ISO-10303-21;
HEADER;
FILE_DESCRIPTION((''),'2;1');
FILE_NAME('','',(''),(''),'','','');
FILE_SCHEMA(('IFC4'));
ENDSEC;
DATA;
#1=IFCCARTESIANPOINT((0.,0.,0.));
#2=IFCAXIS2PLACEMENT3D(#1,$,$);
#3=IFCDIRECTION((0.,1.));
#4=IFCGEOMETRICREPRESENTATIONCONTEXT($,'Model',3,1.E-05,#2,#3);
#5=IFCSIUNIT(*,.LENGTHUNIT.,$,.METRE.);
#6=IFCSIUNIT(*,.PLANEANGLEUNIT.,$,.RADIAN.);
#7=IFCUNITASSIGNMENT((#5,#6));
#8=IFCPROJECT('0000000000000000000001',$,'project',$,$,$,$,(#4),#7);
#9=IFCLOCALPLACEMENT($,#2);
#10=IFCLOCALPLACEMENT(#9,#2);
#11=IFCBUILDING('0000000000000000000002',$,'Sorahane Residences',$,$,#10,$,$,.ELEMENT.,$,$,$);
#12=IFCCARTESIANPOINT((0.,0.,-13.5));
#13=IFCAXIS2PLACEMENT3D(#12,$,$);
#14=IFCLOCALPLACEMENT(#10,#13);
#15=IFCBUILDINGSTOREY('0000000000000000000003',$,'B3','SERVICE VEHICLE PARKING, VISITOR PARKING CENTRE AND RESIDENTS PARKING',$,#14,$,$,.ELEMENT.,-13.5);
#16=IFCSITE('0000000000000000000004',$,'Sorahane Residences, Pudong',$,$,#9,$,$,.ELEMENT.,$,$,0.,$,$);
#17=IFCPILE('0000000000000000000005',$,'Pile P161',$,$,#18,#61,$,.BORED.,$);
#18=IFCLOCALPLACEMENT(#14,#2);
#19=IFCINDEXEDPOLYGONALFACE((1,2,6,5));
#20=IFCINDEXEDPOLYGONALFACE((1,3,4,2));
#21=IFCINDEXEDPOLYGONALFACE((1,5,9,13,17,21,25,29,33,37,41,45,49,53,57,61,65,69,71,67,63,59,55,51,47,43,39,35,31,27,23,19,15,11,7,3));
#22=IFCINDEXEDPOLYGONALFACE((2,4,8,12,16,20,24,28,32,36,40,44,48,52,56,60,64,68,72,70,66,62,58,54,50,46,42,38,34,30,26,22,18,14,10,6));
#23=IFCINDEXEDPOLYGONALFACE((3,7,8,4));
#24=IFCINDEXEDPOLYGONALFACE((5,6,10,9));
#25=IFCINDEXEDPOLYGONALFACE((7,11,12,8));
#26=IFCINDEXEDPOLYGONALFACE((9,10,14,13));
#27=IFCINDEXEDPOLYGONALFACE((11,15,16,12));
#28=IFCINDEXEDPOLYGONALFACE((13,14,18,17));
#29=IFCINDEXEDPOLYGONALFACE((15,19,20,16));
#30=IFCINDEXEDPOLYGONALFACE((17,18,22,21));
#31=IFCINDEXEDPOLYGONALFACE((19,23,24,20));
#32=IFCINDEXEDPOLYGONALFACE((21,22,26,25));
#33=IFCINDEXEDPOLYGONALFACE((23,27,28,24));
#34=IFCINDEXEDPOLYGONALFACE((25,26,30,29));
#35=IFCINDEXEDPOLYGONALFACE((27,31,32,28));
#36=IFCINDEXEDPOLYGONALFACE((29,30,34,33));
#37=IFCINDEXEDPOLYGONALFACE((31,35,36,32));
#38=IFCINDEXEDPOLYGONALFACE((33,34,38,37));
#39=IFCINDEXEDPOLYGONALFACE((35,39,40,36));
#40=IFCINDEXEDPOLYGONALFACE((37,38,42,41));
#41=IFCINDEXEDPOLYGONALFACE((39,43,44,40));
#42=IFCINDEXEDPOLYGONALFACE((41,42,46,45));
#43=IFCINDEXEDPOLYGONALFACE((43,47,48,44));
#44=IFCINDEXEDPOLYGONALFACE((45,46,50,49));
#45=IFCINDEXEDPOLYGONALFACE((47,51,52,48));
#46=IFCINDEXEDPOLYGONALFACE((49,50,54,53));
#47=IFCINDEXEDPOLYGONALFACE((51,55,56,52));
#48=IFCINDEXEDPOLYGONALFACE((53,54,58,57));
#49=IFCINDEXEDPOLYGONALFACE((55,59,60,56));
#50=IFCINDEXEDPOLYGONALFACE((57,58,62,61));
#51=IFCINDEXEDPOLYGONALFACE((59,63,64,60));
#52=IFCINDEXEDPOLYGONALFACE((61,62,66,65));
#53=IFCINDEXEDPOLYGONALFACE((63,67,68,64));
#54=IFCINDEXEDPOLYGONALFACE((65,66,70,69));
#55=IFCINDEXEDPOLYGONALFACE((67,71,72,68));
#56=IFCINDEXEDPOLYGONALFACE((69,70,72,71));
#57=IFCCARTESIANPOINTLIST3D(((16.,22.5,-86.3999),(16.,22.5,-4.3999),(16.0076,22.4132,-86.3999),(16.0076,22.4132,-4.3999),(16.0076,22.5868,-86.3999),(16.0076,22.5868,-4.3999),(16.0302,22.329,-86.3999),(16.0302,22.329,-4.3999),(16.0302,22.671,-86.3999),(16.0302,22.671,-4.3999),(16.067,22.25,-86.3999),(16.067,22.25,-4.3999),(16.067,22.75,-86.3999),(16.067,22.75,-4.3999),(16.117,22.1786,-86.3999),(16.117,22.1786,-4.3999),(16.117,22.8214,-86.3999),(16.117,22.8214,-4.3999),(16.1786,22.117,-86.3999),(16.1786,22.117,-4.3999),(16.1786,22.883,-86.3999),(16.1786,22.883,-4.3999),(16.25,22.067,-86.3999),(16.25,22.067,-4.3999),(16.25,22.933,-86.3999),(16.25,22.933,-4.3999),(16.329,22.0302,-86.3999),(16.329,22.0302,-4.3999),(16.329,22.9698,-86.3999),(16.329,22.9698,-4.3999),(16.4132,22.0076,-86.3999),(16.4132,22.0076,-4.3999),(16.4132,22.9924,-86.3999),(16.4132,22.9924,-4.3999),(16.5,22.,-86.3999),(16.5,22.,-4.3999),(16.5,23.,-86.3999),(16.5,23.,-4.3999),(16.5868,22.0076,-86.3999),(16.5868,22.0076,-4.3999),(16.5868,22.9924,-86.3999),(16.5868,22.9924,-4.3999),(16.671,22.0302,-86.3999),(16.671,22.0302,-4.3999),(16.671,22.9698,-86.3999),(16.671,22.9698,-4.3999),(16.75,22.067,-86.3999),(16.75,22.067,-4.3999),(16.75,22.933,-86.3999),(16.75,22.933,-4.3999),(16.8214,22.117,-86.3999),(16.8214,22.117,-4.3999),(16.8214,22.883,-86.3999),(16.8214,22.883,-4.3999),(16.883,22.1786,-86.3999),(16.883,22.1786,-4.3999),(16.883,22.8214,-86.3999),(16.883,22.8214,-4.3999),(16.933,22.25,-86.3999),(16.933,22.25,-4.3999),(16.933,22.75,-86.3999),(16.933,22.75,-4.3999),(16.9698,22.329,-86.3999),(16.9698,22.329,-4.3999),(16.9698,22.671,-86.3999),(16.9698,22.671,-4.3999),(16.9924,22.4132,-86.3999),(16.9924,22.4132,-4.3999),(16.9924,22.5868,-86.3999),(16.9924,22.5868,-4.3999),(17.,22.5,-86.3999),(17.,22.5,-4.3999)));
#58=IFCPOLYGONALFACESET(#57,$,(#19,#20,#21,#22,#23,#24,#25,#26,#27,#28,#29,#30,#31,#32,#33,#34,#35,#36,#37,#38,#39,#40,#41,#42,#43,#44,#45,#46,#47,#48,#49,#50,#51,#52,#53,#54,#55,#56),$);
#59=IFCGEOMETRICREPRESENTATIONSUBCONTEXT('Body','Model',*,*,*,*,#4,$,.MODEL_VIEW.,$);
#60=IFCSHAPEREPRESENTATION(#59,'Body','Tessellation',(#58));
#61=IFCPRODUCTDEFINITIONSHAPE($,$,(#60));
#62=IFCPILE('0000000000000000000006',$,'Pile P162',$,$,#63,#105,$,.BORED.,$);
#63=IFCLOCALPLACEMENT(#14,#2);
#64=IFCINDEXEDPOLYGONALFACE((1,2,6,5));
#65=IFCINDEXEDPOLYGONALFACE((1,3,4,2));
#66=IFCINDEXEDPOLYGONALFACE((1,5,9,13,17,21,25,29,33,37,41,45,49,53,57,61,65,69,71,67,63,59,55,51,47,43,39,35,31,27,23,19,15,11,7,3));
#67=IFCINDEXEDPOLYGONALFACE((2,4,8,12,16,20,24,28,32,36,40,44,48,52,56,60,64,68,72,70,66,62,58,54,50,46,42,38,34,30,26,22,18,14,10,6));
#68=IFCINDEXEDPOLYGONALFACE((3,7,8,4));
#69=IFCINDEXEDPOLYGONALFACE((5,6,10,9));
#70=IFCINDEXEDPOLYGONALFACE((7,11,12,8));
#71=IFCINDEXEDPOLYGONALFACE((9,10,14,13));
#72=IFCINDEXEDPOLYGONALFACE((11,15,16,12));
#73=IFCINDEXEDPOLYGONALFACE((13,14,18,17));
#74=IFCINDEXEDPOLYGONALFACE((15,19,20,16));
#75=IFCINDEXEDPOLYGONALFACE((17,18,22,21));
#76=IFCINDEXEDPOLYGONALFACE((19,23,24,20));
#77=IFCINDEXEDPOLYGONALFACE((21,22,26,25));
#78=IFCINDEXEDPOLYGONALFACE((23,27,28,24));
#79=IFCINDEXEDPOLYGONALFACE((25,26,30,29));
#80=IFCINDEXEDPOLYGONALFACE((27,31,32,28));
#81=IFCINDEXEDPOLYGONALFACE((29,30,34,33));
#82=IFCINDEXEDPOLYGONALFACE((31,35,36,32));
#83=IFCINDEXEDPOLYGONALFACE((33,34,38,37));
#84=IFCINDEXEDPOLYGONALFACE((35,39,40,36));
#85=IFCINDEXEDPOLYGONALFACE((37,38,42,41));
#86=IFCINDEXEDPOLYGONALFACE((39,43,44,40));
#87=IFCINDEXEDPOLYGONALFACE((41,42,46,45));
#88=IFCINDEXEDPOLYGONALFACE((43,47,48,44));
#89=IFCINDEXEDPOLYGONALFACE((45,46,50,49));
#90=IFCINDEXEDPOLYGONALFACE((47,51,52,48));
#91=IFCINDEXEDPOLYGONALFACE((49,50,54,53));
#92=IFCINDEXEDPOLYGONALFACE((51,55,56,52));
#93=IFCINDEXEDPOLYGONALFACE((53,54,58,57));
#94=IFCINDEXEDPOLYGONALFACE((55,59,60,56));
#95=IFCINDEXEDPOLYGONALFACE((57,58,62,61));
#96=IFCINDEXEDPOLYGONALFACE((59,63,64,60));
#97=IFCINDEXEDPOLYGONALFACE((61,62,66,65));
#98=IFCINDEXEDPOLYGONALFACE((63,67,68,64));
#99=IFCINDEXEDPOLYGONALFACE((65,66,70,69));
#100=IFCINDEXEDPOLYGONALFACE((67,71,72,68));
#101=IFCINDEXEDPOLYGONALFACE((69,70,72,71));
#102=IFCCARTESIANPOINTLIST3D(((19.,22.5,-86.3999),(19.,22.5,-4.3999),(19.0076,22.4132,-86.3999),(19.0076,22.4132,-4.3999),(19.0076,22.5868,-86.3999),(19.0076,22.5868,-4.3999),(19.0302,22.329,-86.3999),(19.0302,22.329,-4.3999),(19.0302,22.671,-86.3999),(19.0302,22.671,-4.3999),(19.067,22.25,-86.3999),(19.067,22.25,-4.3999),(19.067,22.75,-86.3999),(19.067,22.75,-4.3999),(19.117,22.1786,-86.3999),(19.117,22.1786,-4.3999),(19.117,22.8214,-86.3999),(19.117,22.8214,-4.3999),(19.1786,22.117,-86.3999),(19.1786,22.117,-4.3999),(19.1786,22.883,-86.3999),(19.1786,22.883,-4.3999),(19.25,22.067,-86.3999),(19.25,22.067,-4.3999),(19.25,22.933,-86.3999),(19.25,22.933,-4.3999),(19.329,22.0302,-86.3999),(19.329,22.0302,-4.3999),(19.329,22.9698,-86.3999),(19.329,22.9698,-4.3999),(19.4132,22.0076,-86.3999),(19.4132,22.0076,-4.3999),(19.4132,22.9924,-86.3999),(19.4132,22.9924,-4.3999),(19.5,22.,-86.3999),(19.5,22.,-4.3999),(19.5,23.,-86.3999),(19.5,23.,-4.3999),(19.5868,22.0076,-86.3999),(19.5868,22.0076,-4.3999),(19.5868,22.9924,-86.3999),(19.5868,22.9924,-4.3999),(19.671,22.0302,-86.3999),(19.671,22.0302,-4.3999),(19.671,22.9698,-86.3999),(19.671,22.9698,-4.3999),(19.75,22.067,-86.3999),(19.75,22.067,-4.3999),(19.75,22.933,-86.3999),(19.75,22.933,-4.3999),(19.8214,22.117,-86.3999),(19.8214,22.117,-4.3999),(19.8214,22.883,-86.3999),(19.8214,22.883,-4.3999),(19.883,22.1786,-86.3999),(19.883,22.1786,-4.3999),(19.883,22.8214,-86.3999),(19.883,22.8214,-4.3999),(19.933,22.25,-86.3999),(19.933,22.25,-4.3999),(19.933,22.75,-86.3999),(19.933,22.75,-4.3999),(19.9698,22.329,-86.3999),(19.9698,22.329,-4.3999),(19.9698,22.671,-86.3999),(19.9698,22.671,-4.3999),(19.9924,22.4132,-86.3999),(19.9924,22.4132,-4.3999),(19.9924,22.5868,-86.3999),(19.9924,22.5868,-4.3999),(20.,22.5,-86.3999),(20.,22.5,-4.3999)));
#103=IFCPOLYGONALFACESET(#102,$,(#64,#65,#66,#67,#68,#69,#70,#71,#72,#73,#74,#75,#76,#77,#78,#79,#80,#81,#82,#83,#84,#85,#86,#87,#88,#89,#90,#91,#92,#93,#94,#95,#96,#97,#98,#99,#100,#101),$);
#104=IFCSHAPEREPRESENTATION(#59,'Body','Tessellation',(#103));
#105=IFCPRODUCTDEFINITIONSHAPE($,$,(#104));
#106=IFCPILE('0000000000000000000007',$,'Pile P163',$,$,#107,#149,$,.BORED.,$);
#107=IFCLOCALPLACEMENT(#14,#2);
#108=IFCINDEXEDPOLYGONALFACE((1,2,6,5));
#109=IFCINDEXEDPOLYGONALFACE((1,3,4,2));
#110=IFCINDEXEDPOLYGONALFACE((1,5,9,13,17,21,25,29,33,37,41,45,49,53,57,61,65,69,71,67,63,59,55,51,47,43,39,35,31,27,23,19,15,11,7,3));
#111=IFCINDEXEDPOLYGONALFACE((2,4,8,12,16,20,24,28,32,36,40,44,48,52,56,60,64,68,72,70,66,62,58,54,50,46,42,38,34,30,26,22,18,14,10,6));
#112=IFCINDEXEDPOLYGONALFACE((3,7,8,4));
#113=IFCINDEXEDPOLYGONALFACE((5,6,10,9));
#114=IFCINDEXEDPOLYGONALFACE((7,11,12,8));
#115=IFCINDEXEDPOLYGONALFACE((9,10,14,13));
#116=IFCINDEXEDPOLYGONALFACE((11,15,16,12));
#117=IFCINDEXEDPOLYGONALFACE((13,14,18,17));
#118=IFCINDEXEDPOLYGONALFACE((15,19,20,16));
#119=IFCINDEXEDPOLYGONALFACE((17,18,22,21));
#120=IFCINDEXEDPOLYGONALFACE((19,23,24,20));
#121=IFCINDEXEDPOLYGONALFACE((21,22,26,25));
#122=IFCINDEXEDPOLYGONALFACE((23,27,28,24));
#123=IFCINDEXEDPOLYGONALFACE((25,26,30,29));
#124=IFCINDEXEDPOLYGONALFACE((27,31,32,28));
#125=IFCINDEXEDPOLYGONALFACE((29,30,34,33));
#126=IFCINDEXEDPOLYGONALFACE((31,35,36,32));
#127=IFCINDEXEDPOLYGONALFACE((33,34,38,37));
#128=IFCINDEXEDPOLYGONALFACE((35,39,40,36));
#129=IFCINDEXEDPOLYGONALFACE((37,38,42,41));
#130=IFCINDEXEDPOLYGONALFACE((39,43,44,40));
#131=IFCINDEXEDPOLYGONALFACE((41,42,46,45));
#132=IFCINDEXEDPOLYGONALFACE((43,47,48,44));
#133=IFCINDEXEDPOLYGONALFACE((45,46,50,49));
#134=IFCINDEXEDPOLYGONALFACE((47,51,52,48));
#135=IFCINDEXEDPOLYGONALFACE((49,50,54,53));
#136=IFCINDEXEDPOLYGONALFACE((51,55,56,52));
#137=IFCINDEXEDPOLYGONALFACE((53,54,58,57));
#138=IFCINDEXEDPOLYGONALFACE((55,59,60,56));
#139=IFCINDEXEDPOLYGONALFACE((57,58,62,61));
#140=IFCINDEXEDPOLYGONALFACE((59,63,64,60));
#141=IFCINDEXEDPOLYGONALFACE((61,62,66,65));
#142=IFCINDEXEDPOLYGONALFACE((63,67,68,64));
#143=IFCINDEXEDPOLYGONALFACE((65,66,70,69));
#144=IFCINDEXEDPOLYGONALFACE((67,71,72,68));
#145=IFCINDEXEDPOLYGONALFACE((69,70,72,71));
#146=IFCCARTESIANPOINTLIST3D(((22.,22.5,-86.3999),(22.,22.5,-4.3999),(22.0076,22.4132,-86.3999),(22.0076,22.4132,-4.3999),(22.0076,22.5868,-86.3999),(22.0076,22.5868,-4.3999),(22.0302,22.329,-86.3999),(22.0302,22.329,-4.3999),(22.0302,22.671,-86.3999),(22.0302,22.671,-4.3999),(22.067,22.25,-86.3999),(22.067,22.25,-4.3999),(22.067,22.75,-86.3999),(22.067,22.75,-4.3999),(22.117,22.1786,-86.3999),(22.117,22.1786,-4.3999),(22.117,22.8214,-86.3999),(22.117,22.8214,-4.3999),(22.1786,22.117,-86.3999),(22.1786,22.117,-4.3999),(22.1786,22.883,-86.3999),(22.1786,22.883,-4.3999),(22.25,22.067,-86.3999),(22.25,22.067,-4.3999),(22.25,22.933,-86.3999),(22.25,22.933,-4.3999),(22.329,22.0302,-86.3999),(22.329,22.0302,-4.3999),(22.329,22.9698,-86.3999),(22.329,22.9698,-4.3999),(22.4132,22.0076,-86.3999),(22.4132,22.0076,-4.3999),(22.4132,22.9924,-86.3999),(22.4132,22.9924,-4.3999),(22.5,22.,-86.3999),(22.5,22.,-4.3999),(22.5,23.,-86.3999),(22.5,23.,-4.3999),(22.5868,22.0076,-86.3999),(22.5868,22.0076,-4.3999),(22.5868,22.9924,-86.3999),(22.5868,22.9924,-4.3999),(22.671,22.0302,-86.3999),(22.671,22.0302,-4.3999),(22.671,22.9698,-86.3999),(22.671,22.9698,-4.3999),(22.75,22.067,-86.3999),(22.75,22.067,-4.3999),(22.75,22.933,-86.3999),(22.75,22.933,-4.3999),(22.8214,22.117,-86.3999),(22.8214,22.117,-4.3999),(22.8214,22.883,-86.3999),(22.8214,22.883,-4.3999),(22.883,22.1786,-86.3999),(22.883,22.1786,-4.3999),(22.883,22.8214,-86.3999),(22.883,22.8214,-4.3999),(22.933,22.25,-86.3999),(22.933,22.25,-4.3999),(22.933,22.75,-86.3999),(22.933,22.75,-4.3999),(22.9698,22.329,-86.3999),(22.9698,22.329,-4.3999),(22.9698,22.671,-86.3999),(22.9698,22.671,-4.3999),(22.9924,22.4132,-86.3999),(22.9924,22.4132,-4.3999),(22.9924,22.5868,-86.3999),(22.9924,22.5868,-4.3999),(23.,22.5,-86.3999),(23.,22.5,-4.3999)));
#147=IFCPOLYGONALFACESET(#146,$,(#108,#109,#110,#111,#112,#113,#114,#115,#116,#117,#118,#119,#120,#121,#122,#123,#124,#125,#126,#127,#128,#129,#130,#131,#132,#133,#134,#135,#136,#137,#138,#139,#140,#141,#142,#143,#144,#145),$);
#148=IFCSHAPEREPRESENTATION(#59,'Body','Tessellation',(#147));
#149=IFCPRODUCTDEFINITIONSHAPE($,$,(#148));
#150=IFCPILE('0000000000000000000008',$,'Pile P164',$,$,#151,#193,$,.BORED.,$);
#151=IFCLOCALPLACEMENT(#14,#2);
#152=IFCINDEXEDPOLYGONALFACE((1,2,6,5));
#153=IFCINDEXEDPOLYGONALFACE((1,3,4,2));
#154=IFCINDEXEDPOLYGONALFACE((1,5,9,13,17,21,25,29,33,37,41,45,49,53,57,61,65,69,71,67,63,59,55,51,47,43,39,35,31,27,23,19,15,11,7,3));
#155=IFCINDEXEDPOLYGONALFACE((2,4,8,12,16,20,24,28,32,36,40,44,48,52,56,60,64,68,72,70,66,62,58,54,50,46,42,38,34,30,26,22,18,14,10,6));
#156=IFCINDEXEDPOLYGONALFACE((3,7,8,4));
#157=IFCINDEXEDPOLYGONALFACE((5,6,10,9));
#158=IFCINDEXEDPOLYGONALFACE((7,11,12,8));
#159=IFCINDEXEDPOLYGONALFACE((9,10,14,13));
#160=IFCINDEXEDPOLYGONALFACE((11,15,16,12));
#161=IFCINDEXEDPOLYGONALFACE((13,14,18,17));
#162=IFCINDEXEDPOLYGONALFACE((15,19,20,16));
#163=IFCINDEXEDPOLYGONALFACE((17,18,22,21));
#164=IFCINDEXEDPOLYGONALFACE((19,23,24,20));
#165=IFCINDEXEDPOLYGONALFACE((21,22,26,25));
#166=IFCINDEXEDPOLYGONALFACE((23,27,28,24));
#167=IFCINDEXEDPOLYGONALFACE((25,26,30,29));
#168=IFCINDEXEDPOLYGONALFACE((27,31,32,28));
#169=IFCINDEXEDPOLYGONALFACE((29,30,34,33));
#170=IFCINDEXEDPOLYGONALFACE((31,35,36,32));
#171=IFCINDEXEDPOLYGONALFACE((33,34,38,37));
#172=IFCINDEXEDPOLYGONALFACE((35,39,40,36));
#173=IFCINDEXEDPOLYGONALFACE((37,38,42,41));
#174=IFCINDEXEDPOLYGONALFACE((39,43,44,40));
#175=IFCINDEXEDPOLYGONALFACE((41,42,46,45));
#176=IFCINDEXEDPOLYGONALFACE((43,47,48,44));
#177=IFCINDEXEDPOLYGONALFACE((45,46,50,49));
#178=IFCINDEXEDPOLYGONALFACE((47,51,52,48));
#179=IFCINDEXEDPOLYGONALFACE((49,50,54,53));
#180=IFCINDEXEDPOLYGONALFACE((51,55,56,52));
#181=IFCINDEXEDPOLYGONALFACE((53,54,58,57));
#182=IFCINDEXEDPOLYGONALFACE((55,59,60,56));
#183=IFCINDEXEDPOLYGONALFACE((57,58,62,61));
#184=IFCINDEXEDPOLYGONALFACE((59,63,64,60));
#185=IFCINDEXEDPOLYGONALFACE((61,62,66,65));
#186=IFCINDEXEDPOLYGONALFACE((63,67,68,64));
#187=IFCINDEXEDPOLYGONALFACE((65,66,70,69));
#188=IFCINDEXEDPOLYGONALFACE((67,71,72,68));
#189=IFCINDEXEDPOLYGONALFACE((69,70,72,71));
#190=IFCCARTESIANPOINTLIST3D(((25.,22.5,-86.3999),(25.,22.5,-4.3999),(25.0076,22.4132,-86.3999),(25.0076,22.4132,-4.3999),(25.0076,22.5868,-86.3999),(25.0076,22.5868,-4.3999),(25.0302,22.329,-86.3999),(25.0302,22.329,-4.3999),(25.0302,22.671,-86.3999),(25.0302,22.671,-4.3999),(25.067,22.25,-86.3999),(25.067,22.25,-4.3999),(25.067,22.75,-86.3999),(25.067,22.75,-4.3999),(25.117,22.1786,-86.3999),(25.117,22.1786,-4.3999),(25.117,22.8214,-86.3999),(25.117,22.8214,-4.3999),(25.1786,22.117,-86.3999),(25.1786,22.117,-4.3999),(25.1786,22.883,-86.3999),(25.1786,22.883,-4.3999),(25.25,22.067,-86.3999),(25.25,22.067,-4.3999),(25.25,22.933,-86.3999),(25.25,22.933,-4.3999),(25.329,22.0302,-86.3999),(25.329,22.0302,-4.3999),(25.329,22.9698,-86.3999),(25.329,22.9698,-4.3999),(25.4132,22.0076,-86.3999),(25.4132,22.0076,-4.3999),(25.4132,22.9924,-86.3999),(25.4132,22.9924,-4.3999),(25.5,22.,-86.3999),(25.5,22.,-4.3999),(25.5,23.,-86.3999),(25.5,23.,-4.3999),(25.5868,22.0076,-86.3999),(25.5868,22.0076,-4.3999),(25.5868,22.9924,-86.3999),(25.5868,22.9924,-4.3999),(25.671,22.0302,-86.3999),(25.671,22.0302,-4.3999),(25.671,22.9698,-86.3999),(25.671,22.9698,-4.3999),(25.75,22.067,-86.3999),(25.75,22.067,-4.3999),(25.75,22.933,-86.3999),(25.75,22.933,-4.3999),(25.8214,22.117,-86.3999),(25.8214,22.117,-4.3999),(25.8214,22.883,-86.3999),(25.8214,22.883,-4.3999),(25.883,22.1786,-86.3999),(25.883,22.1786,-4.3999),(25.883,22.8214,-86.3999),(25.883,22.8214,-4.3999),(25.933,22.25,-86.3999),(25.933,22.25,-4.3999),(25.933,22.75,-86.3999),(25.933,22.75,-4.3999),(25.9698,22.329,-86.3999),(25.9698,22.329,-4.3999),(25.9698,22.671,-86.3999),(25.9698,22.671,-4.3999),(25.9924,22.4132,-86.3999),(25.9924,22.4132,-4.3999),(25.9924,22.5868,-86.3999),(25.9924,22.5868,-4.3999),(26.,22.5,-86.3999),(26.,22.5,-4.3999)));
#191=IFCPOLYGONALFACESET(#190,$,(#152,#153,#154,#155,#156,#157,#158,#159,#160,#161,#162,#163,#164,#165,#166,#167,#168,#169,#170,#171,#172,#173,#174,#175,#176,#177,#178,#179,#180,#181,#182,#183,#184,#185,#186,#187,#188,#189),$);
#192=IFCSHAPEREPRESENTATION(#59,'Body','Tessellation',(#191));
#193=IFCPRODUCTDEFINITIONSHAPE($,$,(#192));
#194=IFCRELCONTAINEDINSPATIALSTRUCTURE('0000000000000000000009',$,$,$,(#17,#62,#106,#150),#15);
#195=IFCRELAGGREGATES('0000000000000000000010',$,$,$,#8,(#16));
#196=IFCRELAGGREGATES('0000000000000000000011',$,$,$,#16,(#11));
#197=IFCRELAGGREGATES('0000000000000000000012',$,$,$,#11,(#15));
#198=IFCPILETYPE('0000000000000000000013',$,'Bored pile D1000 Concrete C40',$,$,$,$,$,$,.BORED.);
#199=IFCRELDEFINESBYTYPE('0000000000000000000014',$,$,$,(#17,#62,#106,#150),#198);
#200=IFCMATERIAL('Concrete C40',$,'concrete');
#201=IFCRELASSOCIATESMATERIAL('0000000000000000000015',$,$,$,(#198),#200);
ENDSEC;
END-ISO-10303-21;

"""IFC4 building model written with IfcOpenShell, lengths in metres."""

from ifc_helpers import new_model, si_unit, direction, frame, origin, origin_2d, place, context, subcontext, project, spatial, circle, extrude, material, material_profile, profile_set, type_object, element, save


model = new_model("IFC4")

# Units and contexts
model_context = context("Model", 3, precision=1e-05, world=origin(), true_north=direction((0.0, 1.0)))
body_context = subcontext(model_context, "Body", "Model", "MODEL_VIEW")
ifc_project = project(units=[si_unit("LENGTHUNIT", "METRE"), si_unit("PLANEANGLEUNIT", "RADIAN")], contexts=[model_context])

# Site, building, storey
site_placement = place(None, origin())
site = spatial("IfcSite", under=ifc_project, at=site_placement, Name="Sorahane Residences, Pudong", CompositionType="ELEMENT", RefElevation=0.0)
building_placement = place(site_placement, origin())
building = spatial("IfcBuilding", under=site, at=building_placement, Name="Sorahane Residences", CompositionType="ELEMENT")
storey_placement = place(building_placement, frame((0.0, 0.0, -13.5)))
storey = spatial("IfcBuildingStorey", under=building, at=storey_placement, Name="B3", Description="SERVICE VEHICLE PARKING, VISITOR PARKING CENTRE AND RESIDENTS PARKING", CompositionType="ELEMENT", Elevation=-13.5)

# Piles
ifc_material_1 = material(Name="Concrete C40", Category="concrete")
ifc_material_profile_1 = material_profile(ifc_material_1, circle(Radius=0.5, at=origin_2d()), Name="D1000")
ifc_profile_set_1 = profile_set([ifc_material_profile_1], Name="Concrete C40")
pile_type = type_object("IfcPileType", Name="Bored pile D1000 Concrete C40", PredefinedType="BORED", material=ifc_profile_set_1)
for number, where, z_axis, x_axis, name in (
    (1, (16.5, 22.5, -4.3999), (0.0, 0.0, -1.0), (1.0, 0.0, 0.0), "Pile P161"),
    (2, (19.5, 22.5, -4.3999), (0.0, 0.0, -1.0), (1.0, 0.0, 0.0), "Pile P162"),
    (3, (22.5, 22.5, -4.3999), (0.0, 0.0, -1.0), (1.0, 0.0, 0.0), "Pile P163"),
    (4, (25.5, 22.5, -4.3999), (0.0, 0.0, -1.0), (1.0, 0.0, 0.0), "Pile P164"),
):
    element("IfcPile", number, at=place(storey_placement, frame(where, z_axis=z_axis, x_axis=x_axis)), inside=storey, type_object=pile_type, Name=name, PredefinedType="BORED", context=body_context, shape_type="SweptSolid", body=[
        extrude(circle(Radius=0.5, at=origin_2d()), origin(), (0.0, 0.0, 1.0), 82.0),
    ])

save(model, "model.ifc")
